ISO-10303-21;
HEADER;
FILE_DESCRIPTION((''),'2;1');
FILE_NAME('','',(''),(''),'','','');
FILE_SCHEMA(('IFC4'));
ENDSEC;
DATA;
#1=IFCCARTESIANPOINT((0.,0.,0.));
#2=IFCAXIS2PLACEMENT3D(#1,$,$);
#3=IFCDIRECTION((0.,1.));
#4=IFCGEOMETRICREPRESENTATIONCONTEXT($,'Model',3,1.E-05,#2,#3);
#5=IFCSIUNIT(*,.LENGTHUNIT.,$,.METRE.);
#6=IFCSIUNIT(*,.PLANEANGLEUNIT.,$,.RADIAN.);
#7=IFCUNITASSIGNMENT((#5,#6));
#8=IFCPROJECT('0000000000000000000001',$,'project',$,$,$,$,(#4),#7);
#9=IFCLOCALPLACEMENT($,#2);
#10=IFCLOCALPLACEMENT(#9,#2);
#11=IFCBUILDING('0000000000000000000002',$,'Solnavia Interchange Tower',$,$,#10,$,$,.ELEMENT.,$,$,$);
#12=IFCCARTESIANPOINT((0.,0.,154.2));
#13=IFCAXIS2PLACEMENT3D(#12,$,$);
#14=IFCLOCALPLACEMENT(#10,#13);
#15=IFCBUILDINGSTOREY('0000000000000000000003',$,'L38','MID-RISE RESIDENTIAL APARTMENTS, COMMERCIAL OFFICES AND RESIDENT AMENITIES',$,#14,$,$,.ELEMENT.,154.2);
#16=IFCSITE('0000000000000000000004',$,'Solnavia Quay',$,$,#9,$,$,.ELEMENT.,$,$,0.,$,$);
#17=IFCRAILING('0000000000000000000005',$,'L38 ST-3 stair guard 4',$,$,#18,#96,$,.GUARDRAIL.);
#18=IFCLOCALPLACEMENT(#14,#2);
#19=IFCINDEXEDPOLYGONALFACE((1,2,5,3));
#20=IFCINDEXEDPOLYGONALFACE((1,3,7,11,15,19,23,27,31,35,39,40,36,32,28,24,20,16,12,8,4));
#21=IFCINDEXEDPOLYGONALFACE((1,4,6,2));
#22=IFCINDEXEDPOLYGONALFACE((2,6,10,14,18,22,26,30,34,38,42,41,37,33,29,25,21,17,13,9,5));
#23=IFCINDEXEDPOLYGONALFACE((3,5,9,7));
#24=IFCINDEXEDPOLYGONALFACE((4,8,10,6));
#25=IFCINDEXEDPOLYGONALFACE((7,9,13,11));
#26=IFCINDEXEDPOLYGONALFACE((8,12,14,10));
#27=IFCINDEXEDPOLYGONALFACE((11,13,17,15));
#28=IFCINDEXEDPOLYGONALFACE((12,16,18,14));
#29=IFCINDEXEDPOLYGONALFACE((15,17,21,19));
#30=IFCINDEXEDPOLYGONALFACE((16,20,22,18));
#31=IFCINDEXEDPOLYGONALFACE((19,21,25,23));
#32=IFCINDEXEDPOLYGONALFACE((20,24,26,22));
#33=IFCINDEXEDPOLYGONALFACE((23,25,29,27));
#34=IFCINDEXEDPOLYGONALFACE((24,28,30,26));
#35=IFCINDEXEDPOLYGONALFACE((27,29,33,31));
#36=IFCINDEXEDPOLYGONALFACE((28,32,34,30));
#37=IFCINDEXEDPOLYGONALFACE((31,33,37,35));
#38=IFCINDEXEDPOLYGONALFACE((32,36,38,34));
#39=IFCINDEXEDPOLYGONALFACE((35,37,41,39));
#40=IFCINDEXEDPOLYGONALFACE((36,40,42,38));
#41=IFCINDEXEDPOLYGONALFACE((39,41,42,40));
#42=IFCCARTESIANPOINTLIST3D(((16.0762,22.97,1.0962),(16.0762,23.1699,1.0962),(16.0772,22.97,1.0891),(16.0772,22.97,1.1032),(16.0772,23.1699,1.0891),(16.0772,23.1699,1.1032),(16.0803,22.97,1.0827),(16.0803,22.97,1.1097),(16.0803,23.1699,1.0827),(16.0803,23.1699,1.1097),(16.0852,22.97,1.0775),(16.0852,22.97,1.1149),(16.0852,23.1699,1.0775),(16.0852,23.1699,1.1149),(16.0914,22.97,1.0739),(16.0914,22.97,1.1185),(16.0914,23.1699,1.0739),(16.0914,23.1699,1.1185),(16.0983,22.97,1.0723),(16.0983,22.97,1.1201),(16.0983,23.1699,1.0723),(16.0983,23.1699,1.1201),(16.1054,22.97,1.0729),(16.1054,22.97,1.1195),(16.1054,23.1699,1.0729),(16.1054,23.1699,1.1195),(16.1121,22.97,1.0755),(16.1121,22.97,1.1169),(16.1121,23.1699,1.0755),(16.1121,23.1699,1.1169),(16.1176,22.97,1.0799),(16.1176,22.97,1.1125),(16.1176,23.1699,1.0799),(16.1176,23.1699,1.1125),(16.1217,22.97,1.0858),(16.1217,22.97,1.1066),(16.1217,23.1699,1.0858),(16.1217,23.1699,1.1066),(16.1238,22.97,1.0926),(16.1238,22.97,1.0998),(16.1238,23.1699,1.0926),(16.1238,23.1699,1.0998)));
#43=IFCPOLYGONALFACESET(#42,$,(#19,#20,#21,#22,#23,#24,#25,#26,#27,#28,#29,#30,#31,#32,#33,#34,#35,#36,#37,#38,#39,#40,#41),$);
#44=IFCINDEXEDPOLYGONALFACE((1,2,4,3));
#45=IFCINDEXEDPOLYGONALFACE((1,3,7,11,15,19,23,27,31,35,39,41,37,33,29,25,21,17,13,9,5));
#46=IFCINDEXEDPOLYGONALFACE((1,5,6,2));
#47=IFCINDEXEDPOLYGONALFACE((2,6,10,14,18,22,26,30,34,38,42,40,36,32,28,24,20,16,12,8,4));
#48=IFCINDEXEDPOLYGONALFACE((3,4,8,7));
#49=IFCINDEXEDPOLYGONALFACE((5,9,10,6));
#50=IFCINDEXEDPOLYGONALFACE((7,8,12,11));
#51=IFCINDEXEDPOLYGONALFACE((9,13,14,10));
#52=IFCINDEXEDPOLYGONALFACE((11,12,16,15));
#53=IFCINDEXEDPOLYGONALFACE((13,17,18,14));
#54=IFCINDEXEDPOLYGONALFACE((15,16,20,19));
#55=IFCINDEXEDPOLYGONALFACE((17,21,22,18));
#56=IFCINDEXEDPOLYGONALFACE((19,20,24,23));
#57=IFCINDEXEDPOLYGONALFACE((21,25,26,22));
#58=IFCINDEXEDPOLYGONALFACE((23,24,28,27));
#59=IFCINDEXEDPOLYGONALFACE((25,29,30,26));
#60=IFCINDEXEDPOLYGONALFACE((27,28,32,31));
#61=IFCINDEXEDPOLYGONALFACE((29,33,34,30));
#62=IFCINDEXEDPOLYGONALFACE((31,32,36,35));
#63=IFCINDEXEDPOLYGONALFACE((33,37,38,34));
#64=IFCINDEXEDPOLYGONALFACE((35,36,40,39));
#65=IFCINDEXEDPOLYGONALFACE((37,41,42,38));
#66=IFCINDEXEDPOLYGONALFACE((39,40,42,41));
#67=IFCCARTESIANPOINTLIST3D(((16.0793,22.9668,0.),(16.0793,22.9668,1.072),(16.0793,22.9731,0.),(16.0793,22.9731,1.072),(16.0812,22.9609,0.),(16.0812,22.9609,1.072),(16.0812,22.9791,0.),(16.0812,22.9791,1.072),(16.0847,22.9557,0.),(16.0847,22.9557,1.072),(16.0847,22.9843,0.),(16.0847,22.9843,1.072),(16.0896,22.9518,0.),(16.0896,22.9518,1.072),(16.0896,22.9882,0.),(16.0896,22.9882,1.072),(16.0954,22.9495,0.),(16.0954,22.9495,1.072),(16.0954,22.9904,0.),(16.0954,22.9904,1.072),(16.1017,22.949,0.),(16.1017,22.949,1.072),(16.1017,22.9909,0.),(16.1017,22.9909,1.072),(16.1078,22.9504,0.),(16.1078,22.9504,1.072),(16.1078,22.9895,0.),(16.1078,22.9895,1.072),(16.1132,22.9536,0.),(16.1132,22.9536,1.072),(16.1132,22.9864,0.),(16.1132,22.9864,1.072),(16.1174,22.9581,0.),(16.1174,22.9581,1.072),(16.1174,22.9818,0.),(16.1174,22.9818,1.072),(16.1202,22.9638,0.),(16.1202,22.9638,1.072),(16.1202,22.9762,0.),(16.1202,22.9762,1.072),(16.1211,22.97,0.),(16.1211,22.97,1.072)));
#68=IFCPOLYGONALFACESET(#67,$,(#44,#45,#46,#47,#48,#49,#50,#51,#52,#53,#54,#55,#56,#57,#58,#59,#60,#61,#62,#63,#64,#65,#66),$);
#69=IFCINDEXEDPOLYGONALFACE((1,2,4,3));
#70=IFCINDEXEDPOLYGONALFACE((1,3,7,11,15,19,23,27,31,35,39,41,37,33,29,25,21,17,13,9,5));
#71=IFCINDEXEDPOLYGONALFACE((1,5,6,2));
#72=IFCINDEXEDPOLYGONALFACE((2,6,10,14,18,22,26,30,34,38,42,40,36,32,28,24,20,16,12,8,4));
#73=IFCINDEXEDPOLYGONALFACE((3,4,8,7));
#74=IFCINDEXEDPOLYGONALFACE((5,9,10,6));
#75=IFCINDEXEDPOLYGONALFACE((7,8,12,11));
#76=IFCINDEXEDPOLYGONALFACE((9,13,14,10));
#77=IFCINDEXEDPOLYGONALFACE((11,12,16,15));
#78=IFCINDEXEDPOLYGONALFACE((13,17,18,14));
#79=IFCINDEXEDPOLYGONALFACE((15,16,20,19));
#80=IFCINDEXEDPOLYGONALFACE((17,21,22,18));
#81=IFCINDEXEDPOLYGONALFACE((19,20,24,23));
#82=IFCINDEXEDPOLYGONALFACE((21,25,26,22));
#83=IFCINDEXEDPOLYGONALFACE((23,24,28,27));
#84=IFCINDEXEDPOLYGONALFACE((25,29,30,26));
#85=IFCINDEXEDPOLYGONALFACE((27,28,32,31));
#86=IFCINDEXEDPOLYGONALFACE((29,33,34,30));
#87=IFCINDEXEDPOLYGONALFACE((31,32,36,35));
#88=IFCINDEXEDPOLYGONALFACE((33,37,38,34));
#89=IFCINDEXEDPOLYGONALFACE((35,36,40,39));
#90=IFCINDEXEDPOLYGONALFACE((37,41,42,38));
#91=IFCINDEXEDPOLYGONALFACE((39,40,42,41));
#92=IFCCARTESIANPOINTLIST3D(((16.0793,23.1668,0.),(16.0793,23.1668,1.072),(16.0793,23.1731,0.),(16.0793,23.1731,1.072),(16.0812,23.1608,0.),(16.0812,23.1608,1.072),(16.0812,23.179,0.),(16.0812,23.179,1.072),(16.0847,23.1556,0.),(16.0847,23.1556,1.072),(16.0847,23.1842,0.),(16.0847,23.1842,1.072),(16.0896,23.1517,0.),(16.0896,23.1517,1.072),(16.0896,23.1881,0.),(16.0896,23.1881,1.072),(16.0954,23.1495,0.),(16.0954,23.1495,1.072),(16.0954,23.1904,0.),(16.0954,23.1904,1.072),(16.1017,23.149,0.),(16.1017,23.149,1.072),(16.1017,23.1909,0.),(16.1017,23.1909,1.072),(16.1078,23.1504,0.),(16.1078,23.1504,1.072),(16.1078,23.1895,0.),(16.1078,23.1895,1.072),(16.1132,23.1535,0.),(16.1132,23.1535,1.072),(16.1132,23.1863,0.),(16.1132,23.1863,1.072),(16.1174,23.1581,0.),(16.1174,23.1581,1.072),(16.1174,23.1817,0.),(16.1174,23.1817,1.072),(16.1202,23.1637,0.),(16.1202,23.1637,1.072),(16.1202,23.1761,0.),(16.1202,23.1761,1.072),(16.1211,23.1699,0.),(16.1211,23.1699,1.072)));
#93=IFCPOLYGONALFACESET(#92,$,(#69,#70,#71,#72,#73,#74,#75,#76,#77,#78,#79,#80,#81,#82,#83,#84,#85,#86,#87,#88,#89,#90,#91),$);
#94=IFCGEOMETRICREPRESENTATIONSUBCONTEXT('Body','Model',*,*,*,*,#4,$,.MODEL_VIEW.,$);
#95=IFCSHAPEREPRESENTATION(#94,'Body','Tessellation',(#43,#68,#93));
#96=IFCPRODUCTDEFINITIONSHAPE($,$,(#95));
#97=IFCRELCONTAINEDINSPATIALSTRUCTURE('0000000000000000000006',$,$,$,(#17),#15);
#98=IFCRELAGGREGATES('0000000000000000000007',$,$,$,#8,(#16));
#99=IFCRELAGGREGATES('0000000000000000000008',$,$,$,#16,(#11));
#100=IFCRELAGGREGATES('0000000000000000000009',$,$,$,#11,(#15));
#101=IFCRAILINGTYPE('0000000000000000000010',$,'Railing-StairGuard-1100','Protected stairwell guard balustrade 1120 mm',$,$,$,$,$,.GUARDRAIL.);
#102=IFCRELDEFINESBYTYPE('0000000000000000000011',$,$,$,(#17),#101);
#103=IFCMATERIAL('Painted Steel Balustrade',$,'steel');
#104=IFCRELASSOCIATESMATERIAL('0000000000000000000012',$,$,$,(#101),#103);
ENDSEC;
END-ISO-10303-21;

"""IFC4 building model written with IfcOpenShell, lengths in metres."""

from ifc_helpers import new_model, si_unit, direction, frame, origin, origin_2d, place, context, subcontext, project, spatial, circle, extrude, material, type_object, element, save


model = new_model("IFC4")

# Units and contexts
model_context = context("Model", 3, precision=1e-05, world=origin(), true_north=direction((0.0, 1.0)))
body_context = subcontext(model_context, "Body", "Model", "MODEL_VIEW")
ifc_project = project(units=[si_unit("LENGTHUNIT", "METRE"), si_unit("PLANEANGLEUNIT", "RADIAN")], contexts=[model_context])

# Site, building, storey
site_placement = place(None, origin())
site = spatial("IfcSite", under=ifc_project, at=site_placement, Name="Solnavia Quay", CompositionType="ELEMENT", RefElevation=0.0)
building_placement = place(site_placement, origin())
building = spatial("IfcBuilding", under=site, at=building_placement, Name="Solnavia Interchange Tower", CompositionType="ELEMENT")
storey_placement = place(building_placement, frame((0.0, 0.0, 154.2)))
storey = spatial("IfcBuildingStorey", under=building, at=storey_placement, Name="L38", Description="MID-RISE RESIDENTIAL APARTMENTS, COMMERCIAL OFFICES AND RESIDENT AMENITIES", CompositionType="ELEMENT", Elevation=154.2)

# Railing
ifc_material_1 = material(Name="Painted Steel Balustrade", Category="steel")
railing_type_1 = type_object("IfcRailingType", Name="Railing-StairGuard-1100", Description="Protected stairwell guard balustrade 1120 mm", PredefinedType="GUARDRAIL", material=ifc_material_1)
railing_1_placement = place(storey_placement, frame((16.1001, 22.97, 0.0)))
element("IfcRailing", 1, at=railing_1_placement, inside=storey, type_object=railing_type_1, Name="L38 ST-3 stair guard 4", PredefinedType="GUARDRAIL", context=body_context, shape_type="SweptSolid", body=[
    extrude(circle(Radius=0.0239, at=origin_2d()), frame((0.0, 0.0, 1.0962), z_axis=(0.0, 1.0, 0.0), x_axis=(-1.0, 0.0, 0.0)), (0.0, 0.0, 1.0), 0.2),
    extrude(circle(Radius=0.021, at=origin_2d()), origin(), (0.0, 0.0, 1.0), 1.072),
    extrude(circle(Radius=0.021, at=origin_2d()), frame((0.0, 0.2, 0.0)), (0.0, 0.0, 1.0), 1.072),
])

save(model, "model.ifc")
